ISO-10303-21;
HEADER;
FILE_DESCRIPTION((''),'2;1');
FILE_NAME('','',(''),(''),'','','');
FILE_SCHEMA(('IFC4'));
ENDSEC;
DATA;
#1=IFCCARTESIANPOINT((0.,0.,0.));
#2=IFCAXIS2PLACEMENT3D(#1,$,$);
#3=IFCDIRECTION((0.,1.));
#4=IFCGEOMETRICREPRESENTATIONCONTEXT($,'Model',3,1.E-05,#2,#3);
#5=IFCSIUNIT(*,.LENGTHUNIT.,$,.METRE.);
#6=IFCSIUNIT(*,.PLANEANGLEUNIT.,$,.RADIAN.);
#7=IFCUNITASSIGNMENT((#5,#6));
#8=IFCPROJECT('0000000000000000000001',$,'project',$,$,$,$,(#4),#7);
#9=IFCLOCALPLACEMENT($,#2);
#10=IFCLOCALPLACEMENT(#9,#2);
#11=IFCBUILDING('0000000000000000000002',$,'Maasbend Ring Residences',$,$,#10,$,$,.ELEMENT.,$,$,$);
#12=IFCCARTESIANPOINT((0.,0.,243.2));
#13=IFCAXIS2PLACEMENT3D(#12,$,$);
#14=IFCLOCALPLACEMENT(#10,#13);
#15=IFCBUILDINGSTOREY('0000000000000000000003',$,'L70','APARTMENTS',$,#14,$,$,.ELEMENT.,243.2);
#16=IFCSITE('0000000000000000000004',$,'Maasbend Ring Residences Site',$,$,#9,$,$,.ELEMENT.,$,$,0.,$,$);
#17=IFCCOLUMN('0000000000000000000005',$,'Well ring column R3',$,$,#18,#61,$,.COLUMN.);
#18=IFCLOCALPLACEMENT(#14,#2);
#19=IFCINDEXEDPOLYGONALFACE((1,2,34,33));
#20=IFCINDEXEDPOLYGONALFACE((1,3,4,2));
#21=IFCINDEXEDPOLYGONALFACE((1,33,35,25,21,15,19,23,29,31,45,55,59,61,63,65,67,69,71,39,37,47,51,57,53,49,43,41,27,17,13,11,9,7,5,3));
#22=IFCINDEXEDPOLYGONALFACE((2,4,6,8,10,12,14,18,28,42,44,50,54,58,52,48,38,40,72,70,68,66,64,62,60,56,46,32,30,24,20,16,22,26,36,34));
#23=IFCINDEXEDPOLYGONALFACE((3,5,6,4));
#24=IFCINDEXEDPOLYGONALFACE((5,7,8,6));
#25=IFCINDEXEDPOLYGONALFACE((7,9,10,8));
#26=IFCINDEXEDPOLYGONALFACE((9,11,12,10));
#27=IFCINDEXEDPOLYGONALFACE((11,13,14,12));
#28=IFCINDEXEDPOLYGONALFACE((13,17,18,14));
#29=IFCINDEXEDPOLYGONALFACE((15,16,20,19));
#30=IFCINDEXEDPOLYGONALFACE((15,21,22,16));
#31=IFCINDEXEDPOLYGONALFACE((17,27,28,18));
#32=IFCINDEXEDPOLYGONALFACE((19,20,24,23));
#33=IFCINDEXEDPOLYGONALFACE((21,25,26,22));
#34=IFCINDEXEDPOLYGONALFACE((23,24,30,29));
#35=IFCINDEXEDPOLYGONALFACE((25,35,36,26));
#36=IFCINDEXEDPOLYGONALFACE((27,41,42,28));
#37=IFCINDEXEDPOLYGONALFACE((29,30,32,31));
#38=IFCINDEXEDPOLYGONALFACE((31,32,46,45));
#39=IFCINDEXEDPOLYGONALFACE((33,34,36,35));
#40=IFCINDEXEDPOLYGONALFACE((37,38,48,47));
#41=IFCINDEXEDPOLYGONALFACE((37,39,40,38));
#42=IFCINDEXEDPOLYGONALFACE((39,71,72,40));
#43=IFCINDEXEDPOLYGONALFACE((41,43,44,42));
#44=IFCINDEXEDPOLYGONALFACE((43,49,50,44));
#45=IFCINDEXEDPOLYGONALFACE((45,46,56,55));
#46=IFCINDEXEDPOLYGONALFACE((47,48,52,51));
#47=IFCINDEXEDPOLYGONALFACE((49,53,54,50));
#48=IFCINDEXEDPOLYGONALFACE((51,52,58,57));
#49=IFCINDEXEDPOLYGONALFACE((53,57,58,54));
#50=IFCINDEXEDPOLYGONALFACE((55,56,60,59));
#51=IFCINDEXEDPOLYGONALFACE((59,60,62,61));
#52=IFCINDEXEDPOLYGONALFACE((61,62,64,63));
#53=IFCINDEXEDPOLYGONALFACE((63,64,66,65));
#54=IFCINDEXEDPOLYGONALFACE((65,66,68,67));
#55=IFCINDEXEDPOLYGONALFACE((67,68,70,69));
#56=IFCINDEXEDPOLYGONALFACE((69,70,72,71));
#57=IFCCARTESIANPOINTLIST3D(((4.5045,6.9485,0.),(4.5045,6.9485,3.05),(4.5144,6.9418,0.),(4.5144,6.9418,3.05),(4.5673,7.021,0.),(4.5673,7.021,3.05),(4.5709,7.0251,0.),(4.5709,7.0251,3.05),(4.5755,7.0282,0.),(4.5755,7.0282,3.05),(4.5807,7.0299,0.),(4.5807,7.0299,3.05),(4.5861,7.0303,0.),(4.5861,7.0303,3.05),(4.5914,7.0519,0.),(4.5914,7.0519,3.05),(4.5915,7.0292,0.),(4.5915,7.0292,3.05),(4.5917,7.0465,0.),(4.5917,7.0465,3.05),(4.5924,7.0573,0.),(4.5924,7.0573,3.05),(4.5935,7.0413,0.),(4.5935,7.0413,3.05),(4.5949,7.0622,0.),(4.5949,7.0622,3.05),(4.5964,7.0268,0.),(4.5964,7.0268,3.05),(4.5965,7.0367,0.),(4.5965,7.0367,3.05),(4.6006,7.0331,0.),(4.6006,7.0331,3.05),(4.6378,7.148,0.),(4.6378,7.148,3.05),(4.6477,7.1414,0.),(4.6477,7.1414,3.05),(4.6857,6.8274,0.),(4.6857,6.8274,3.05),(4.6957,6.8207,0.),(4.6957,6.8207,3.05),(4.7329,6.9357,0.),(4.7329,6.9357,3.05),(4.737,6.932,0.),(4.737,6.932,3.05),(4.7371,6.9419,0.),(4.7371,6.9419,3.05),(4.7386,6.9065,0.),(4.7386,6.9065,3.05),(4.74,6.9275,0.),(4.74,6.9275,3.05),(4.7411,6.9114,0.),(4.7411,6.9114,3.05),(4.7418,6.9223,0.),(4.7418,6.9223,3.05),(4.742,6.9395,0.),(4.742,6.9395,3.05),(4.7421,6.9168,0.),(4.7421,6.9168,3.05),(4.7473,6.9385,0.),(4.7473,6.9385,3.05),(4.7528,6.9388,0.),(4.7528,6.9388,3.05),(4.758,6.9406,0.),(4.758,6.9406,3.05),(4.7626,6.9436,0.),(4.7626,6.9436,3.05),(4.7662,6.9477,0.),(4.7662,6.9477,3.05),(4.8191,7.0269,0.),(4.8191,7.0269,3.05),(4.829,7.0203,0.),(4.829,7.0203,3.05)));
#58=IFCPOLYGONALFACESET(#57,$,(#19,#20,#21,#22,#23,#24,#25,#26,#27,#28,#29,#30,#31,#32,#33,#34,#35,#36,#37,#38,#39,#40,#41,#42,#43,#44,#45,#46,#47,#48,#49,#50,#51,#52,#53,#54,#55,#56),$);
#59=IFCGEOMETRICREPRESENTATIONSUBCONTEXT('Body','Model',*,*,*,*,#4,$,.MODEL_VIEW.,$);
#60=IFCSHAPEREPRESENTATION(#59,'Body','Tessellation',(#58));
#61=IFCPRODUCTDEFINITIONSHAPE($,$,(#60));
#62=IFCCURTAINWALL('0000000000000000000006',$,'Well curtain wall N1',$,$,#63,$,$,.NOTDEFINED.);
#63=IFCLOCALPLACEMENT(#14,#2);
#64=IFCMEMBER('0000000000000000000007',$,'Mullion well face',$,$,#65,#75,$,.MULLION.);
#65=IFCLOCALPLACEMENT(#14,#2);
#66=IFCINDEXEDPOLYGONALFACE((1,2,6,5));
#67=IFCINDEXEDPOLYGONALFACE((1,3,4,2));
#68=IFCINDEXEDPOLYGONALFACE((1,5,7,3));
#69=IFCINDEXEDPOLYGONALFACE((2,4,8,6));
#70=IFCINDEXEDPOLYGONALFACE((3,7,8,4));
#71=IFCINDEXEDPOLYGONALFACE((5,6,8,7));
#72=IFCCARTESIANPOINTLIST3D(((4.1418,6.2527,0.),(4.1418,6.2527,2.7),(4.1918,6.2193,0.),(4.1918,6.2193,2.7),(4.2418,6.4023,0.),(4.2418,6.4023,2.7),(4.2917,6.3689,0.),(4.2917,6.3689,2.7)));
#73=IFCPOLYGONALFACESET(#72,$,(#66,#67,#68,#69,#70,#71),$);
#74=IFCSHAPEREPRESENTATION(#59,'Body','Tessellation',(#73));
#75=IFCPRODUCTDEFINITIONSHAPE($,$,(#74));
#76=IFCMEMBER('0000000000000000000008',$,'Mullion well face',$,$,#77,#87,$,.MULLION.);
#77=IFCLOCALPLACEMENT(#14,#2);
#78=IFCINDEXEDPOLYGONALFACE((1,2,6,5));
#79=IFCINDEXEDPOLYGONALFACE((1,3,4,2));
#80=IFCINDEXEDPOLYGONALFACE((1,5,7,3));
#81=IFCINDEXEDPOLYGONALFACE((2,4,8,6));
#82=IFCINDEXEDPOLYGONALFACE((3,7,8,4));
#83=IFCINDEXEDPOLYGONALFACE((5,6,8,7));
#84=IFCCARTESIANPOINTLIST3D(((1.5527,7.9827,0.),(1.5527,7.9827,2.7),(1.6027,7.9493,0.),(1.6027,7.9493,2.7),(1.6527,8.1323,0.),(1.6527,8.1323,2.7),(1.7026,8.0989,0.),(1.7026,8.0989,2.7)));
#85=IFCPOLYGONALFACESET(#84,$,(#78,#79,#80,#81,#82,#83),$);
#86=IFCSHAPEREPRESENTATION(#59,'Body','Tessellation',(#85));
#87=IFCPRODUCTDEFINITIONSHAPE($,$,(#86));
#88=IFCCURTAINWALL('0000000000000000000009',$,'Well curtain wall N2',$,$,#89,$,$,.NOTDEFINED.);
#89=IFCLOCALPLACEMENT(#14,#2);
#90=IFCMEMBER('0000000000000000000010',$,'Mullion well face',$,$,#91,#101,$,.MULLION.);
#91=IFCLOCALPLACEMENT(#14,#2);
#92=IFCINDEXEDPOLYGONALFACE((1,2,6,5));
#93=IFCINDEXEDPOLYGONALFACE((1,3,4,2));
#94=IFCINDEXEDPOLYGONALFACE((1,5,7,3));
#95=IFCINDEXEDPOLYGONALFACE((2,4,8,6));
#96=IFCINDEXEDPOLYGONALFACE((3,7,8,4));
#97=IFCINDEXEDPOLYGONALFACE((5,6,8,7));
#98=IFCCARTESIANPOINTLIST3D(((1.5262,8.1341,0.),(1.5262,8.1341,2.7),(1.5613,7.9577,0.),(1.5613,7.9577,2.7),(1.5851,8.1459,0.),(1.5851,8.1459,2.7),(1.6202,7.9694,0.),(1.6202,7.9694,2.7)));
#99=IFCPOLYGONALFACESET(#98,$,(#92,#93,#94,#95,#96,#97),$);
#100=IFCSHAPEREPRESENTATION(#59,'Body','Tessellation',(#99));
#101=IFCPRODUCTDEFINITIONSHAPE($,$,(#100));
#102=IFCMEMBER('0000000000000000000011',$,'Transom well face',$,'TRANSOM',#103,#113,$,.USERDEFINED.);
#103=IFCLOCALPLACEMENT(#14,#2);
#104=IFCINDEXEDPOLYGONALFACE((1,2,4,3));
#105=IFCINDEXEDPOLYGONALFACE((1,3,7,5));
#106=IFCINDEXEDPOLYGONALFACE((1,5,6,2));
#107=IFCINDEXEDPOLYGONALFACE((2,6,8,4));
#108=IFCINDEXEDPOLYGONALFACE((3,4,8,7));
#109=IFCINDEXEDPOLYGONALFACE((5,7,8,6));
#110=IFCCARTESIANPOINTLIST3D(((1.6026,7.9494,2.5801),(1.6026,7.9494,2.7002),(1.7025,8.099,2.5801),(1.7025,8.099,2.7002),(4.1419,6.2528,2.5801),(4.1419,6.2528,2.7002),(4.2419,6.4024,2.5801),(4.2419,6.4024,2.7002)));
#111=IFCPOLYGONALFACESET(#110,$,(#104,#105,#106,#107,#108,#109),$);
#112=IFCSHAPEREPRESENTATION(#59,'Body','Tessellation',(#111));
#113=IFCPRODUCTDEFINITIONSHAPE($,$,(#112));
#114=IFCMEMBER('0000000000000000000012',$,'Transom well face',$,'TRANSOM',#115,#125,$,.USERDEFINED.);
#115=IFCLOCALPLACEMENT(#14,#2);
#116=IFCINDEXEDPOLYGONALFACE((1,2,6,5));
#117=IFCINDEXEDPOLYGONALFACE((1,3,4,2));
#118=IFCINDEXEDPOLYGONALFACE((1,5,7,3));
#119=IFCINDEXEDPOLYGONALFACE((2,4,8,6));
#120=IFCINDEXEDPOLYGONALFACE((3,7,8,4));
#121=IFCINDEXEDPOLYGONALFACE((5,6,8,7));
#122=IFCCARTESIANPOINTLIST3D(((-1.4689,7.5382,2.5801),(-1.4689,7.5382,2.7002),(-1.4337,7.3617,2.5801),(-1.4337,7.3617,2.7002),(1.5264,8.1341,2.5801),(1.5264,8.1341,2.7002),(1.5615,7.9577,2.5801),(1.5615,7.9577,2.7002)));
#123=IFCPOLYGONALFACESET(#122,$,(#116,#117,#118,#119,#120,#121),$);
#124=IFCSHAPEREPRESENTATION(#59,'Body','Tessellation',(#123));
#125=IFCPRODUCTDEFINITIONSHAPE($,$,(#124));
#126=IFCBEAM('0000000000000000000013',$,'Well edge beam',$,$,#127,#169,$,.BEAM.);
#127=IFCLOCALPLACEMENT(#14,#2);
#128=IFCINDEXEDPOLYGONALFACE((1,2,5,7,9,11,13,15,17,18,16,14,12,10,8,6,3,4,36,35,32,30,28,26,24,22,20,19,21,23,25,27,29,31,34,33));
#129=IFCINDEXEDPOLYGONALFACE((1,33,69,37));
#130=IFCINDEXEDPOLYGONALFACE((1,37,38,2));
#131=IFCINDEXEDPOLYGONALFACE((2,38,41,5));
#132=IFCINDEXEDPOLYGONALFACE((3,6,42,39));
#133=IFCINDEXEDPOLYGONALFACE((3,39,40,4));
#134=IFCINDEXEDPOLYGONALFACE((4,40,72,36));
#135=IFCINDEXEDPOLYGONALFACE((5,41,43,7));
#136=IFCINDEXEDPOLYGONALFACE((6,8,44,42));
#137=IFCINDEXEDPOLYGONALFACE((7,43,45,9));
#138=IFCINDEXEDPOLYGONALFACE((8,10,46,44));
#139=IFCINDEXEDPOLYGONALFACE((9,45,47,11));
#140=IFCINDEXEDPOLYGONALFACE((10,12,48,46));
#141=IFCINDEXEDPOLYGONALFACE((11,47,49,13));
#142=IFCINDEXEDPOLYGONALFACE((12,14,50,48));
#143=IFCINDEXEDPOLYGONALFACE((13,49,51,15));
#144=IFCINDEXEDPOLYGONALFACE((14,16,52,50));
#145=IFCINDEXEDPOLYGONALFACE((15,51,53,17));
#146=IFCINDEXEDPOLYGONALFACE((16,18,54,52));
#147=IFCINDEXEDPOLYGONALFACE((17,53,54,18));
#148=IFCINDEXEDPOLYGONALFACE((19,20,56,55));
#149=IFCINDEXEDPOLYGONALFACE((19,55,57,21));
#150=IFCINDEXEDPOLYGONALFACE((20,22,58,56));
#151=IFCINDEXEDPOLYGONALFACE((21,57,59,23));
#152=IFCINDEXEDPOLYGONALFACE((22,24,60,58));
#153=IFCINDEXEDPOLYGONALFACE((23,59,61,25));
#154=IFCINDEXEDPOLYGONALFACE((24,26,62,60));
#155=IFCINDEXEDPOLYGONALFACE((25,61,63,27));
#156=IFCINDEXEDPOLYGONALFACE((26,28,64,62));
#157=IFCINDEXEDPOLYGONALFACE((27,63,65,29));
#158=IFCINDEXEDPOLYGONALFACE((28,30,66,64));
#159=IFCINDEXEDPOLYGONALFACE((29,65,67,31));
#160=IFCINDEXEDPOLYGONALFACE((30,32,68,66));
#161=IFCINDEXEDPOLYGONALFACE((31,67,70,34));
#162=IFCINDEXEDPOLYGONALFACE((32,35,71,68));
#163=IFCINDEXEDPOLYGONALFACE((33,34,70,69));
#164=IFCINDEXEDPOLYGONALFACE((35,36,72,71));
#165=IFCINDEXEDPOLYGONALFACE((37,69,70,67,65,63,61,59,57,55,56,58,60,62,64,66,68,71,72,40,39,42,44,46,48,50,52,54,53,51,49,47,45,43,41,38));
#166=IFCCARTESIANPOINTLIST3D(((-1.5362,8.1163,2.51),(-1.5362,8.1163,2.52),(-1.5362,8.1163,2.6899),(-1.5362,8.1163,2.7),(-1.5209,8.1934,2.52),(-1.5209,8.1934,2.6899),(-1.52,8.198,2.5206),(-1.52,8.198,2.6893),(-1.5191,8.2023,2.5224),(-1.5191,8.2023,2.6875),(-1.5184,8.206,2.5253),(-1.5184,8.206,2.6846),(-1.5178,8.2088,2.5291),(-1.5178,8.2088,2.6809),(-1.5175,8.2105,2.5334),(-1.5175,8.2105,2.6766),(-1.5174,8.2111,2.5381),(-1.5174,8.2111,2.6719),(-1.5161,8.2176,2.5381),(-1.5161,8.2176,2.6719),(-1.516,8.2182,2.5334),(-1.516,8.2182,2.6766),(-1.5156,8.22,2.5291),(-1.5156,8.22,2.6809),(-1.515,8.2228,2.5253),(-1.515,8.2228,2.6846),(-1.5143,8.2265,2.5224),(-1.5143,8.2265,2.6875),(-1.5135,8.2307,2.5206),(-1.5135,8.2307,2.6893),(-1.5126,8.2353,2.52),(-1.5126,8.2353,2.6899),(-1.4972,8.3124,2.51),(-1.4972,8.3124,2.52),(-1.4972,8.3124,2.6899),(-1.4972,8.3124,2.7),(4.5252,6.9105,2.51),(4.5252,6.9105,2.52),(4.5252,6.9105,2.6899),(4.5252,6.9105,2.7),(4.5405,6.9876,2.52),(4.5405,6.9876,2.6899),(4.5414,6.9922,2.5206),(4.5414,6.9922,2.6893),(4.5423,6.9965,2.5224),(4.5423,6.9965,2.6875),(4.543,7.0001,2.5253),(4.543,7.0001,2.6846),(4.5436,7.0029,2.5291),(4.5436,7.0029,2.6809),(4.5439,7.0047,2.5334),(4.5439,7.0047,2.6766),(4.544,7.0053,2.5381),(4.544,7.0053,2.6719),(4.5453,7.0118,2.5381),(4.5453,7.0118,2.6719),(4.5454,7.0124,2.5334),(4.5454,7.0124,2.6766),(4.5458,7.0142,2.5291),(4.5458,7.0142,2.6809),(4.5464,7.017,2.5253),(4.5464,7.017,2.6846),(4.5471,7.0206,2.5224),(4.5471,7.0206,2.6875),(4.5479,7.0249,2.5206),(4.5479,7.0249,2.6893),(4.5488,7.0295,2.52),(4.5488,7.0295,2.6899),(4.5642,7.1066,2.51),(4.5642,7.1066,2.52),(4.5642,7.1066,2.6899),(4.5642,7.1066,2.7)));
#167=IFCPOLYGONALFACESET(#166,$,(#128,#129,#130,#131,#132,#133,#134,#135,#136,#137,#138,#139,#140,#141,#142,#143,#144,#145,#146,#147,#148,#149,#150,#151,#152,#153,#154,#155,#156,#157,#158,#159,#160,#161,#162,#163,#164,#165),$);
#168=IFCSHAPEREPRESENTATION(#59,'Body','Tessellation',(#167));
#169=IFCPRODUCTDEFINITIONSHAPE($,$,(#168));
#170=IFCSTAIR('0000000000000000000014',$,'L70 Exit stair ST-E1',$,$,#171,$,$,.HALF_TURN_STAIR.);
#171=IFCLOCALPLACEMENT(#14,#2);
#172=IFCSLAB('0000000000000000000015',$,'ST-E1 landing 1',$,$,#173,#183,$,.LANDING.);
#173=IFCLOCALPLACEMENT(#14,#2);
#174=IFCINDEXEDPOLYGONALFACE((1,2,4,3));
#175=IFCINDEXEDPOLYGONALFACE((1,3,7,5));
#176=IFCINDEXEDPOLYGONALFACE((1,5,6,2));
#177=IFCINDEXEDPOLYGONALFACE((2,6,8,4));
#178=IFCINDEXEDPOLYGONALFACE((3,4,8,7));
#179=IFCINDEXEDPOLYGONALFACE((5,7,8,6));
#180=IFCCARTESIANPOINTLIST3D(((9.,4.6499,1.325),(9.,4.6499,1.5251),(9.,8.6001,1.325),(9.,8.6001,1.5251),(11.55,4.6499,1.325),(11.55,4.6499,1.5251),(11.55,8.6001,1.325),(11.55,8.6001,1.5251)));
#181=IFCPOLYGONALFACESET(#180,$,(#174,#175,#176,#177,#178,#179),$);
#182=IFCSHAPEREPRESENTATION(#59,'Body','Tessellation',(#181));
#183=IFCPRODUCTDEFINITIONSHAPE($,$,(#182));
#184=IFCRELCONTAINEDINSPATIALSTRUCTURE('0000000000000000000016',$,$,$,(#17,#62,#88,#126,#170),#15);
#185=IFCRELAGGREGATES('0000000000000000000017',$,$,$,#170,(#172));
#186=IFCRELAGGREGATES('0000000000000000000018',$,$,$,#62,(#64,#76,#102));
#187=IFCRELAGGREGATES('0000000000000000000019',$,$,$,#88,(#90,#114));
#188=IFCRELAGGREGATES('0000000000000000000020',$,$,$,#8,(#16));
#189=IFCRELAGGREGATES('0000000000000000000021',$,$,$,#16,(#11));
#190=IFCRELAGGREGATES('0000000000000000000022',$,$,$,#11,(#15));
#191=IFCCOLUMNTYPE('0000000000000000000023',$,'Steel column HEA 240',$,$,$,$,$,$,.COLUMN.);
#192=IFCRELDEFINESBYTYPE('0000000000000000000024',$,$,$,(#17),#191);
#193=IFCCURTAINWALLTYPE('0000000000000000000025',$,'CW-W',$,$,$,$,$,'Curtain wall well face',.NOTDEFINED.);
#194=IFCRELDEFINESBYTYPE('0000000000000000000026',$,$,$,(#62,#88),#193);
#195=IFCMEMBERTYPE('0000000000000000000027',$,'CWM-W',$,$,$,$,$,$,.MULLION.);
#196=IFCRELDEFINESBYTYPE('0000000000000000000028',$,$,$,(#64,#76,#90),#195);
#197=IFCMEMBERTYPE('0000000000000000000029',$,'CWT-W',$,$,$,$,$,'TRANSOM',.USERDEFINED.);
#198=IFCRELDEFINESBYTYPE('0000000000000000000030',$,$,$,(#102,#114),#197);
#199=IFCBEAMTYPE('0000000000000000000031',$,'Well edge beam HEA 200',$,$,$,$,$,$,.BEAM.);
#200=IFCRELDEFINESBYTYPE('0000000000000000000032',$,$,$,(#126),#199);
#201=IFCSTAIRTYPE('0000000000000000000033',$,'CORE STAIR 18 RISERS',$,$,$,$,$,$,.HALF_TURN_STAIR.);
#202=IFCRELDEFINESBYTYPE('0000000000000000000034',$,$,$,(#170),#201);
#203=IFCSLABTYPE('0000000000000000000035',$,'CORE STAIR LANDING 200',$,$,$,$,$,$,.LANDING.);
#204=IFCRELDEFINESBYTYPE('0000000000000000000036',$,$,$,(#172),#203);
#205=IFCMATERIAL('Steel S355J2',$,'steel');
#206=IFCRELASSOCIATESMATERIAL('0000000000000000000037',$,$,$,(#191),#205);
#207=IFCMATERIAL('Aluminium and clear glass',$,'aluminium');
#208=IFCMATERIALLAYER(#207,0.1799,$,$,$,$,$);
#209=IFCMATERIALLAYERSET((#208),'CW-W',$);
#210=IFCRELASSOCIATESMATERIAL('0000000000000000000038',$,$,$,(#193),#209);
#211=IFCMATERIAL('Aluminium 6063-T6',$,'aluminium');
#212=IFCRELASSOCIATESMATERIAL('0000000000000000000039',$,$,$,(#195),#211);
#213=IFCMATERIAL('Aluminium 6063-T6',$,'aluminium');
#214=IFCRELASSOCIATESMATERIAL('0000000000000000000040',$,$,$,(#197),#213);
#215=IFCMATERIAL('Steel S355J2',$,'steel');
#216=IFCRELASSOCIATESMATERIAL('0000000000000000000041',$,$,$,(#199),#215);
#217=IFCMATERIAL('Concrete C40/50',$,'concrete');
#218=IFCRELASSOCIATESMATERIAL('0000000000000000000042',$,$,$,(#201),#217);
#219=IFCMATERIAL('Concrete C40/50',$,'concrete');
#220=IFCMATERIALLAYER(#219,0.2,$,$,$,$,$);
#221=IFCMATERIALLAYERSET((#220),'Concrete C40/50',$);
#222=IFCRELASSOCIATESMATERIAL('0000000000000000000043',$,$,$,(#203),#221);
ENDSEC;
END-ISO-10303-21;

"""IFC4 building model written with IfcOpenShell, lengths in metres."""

from ifc_helpers import new_model, si_unit, direction, frame, origin, origin_2d, place, context, subcontext, project, spatial, polyline, rectangle, i_section, outline, extrude, material, layer, layer_set, material_profile, profile_set, type_object, element, aggregate, save


model = new_model("IFC4")

# Units and contexts
model_context = context("Model", 3, precision=1e-05, world=origin(), true_north=direction((0.0, 1.0)))
body_context = subcontext(model_context, "Body", "Model", "MODEL_VIEW")
ifc_project = project(units=[si_unit("LENGTHUNIT", "METRE"), si_unit("PLANEANGLEUNIT", "RADIAN")], contexts=[model_context])

# Site, building, storey
site_placement = place(None, origin())
site = spatial("IfcSite", under=ifc_project, at=site_placement, Name="Maasbend Ring Residences Site", CompositionType="ELEMENT", RefElevation=0.0)
building_placement = place(site_placement, origin())
building = spatial("IfcBuilding", under=site, at=building_placement, Name="Maasbend Ring Residences", CompositionType="ELEMENT")
storey_placement = place(building_placement, frame((0.0, 0.0, 243.2)))
storey = spatial("IfcBuildingStorey", under=building, at=storey_placement, Name="L70", Description="APARTMENTS", CompositionType="ELEMENT", Elevation=243.2)

# Column
ifc_material_1 = material(Name="Steel S355J2", Category="steel")
ifc_material_profile_1 = material_profile(ifc_material_1, i_section(OverallWidth=0.24, OverallDepth=0.23, WebThickness=0.0076, FlangeThickness=0.012, FilletRadius=0.021, at=origin_2d()), Name="HEA 240")
ifc_profile_set_1 = profile_set([ifc_material_profile_1], Name="Steel S355J2")
column_type = type_object("IfcColumnType", Name="Steel column HEA 240", PredefinedType="COLUMN", material=ifc_profile_set_1)
column_placement = place(storey_placement, frame((4.6667, 6.9844, 0.0), z_axis=(0.0, 0.0, 1.0), x_axis=(0.55557, 0.83147, 0.0)))
element("IfcColumn", 1, at=column_placement, inside=storey, type_object=column_type, Name="Well ring column R3", PredefinedType="COLUMN", context=body_context, shape_type="SweptSolid", body=[
    extrude(i_section(OverallWidth=0.24, OverallDepth=0.23, WebThickness=0.0076, FlangeThickness=0.012, FilletRadius=0.021, at=origin_2d()), origin(), (0.0, 0.0, 1.0), 3.05),
])

# Curtain wall, members
ifc_material_2 = material(Name="Aluminium and clear glass", Category="aluminium")
ifc_layer_1 = layer(ifc_material_2, 0.1799)
ifc_layer_set_1 = layer_set([ifc_layer_1], Name="CW-W")
curtain_wall_type = type_object("IfcCurtainWallType", Name="CW-W", ElementType="Curtain wall well face", PredefinedType="NOTDEFINED", material=ifc_layer_set_1)
curtain_wall_1_placement = place(storey_placement, origin())
curtain_wall_1 = element("IfcCurtainWall", 2, at=curtain_wall_1_placement, inside=storey, type_object=curtain_wall_type, Name="Well curtain wall N1", PredefinedType="NOTDEFINED")
ifc_material_3 = material(Name="Aluminium 6063-T6", Category="aluminium")
ifc_material_profile_2 = material_profile(ifc_material_3, rectangle(XDim=0.1799, YDim=0.0601, at=origin_2d()), Name="AL 180x60")
ifc_profile_set_2 = profile_set([ifc_material_profile_2], Name="Aluminium 6063-T6")
member_type_1 = type_object("IfcMemberType", Name="CWM-W", PredefinedType="MULLION", material=ifc_profile_set_2)
member_1_placement = place(storey_placement, frame((4.2168, 6.3108, 0.0), z_axis=(0.0, 0.0, 1.0), x_axis=(-0.55557, -0.83147, 0.0)))
member_1 = element("IfcMember", 3, at=member_1_placement, type_object=member_type_1, Name="Mullion well face", PredefinedType="MULLION", context=body_context, shape_type="SweptSolid", body=[
    extrude(rectangle(XDim=0.1799, YDim=0.0601, at=origin_2d()), origin(), (0.0, 0.0, 1.0), 2.7),
])
member_2_placement = place(storey_placement, frame((1.6277, 8.0408, 0.0), z_axis=(0.0, 0.0, 1.0), x_axis=(-0.55557, -0.83147, 0.0)))
member_2 = element("IfcMember", 4, at=member_2_placement, type_object=member_type_1, Name="Mullion well face", PredefinedType="MULLION", context=body_context, shape_type="SweptSolid", body=[
    extrude(rectangle(XDim=0.1799, YDim=0.0601, at=origin_2d()), origin(), (0.0, 0.0, 1.0), 2.7),
])

# Curtain wall, member
curtain_wall_2_placement = place(storey_placement, origin())
curtain_wall_2 = element("IfcCurtainWall", 5, at=curtain_wall_2_placement, inside=storey, type_object=curtain_wall_type, Name="Well curtain wall N2", PredefinedType="NOTDEFINED")
member_3_placement = place(storey_placement, frame((1.5732, 8.0518, 0.0), z_axis=(0.0, 0.0, 1.0), x_axis=(0.19509, -0.980785, 0.0)))
member_3 = element("IfcMember", 6, at=member_3_placement, type_object=member_type_1, Name="Mullion well face", PredefinedType="MULLION", context=body_context, shape_type="SweptSolid", body=[
    extrude(rectangle(XDim=0.1799, YDim=0.0601, at=origin_2d()), origin(), (0.0, 0.0, 1.0), 2.7),
])

# Members
ifc_material_4 = material(Name="Aluminium 6063-T6", Category="aluminium")
ifc_material_profile_3 = material_profile(ifc_material_4, rectangle(XDim=0.1799, YDim=0.1201, at=origin_2d()), Name="AL 180x120")
ifc_profile_set_3 = profile_set([ifc_material_profile_3], Name="Aluminium 6063-T6")
member_type_2 = type_object("IfcMemberType", Name="CWT-W", ElementType="TRANSOM", PredefinedType="USERDEFINED", material=ifc_profile_set_3)
member_4_placement = place(storey_placement, frame((4.1919, 6.3276, 2.6401), z_axis=(-0.831496, 0.55553, 0.0), x_axis=(-0.55553, -0.831496, 0.0)))
member_4 = element("IfcMember", 7, at=member_4_placement, type_object=member_type_2, Name="Transom well face", ObjectType="TRANSOM", PredefinedType="USERDEFINED", context=body_context, shape_type="SweptSolid", body=[
    extrude(rectangle(XDim=0.1799, YDim=0.1201, at=origin_2d()), origin(), (0.0, 0.0, 1.0), 3.054),
])
member_5_placement = place(storey_placement, frame((1.5439, 8.0459, 2.6401), z_axis=(-0.980777, -0.195132, 0.0), x_axis=(0.195132, -0.980777, 0.0)))
member_5 = element("IfcMember", 8, at=member_5_placement, type_object=member_type_2, Name="Transom well face", ObjectType="TRANSOM", PredefinedType="USERDEFINED", context=body_context, shape_type="SweptSolid", body=[
    extrude(rectangle(XDim=0.1799, YDim=0.1201, at=origin_2d()), origin(), (0.0, 0.0, 1.0), 3.054),
])

# Beam
ifc_material_5 = material(Name="Steel S355J2", Category="steel")
ifc_material_profile_4 = material_profile(ifc_material_5, i_section(OverallWidth=0.2, OverallDepth=0.1899, WebThickness=0.0066, FlangeThickness=0.01, FilletRadius=0.0181, at=origin_2d()), Name="HEA 200")
ifc_profile_set_4 = profile_set([ifc_material_profile_4], Name="Steel S355J2")
beam_type = type_object("IfcBeamType", Name="Well edge beam HEA 200", PredefinedType="BEAM", material=ifc_profile_set_4)
beam_placement = place(storey_placement, frame((4.5447, 7.0085, 2.605), z_axis=(-0.980781, 0.195113, 0.0), x_axis=(-0.195113, -0.980781, 0.0)))
element("IfcBeam", 9, at=beam_placement, inside=storey, type_object=beam_type, Name="Well edge beam", PredefinedType="BEAM", context=body_context, shape_type="SweptSolid", body=[
    extrude(i_section(OverallWidth=0.2, OverallDepth=0.1899, WebThickness=0.0066, FlangeThickness=0.01, FilletRadius=0.0181, at=origin_2d()), origin(), (0.0, 0.0, 1.0), 6.1802),
])

# Stair, slab
ifc_material_6 = material(Name="Concrete C40/50", Category="concrete")
stair_type = type_object("IfcStairType", Name="CORE STAIR 18 RISERS", PredefinedType="HALF_TURN_STAIR", material=ifc_material_6)
stair_1_placement = place(storey_placement, origin())
stair_1 = element("IfcStair", 10, at=stair_1_placement, inside=storey, type_object=stair_type, Name="L70 Exit stair ST-E1", PredefinedType="HALF_TURN_STAIR")
ifc_material_7 = material(Name="Concrete C40/50", Category="concrete")
ifc_layer_2 = layer(ifc_material_7, 0.2)
ifc_layer_set_2 = layer_set([ifc_layer_2], Name="Concrete C40/50")
slab_type_1 = type_object("IfcSlabType", Name="CORE STAIR LANDING 200", PredefinedType="LANDING", material=ifc_layer_set_2)
slab_1_placement = place(storey_placement, frame((0.0, 0.0, 1.325)))
slab_1 = element("IfcSlab", 11, at=slab_1_placement, type_object=slab_type_1, Name="ST-E1 landing 1", PredefinedType="LANDING", context=body_context, shape_type="SweptSolid", body=[
    extrude(outline(polyline([(11.55, 8.6001), (9.0, 8.6001), (9.0, 4.6499), (11.55, 4.6499), (11.55, 8.6001)])), origin(), (0.0, 0.0, 1.0), 0.2002),
])
aggregate(stair_1, [slab_1])

aggregate(curtain_wall_1, [member_1, member_2, member_4])
aggregate(curtain_wall_2, [member_3, member_5])

save(model, "model.ifc")
